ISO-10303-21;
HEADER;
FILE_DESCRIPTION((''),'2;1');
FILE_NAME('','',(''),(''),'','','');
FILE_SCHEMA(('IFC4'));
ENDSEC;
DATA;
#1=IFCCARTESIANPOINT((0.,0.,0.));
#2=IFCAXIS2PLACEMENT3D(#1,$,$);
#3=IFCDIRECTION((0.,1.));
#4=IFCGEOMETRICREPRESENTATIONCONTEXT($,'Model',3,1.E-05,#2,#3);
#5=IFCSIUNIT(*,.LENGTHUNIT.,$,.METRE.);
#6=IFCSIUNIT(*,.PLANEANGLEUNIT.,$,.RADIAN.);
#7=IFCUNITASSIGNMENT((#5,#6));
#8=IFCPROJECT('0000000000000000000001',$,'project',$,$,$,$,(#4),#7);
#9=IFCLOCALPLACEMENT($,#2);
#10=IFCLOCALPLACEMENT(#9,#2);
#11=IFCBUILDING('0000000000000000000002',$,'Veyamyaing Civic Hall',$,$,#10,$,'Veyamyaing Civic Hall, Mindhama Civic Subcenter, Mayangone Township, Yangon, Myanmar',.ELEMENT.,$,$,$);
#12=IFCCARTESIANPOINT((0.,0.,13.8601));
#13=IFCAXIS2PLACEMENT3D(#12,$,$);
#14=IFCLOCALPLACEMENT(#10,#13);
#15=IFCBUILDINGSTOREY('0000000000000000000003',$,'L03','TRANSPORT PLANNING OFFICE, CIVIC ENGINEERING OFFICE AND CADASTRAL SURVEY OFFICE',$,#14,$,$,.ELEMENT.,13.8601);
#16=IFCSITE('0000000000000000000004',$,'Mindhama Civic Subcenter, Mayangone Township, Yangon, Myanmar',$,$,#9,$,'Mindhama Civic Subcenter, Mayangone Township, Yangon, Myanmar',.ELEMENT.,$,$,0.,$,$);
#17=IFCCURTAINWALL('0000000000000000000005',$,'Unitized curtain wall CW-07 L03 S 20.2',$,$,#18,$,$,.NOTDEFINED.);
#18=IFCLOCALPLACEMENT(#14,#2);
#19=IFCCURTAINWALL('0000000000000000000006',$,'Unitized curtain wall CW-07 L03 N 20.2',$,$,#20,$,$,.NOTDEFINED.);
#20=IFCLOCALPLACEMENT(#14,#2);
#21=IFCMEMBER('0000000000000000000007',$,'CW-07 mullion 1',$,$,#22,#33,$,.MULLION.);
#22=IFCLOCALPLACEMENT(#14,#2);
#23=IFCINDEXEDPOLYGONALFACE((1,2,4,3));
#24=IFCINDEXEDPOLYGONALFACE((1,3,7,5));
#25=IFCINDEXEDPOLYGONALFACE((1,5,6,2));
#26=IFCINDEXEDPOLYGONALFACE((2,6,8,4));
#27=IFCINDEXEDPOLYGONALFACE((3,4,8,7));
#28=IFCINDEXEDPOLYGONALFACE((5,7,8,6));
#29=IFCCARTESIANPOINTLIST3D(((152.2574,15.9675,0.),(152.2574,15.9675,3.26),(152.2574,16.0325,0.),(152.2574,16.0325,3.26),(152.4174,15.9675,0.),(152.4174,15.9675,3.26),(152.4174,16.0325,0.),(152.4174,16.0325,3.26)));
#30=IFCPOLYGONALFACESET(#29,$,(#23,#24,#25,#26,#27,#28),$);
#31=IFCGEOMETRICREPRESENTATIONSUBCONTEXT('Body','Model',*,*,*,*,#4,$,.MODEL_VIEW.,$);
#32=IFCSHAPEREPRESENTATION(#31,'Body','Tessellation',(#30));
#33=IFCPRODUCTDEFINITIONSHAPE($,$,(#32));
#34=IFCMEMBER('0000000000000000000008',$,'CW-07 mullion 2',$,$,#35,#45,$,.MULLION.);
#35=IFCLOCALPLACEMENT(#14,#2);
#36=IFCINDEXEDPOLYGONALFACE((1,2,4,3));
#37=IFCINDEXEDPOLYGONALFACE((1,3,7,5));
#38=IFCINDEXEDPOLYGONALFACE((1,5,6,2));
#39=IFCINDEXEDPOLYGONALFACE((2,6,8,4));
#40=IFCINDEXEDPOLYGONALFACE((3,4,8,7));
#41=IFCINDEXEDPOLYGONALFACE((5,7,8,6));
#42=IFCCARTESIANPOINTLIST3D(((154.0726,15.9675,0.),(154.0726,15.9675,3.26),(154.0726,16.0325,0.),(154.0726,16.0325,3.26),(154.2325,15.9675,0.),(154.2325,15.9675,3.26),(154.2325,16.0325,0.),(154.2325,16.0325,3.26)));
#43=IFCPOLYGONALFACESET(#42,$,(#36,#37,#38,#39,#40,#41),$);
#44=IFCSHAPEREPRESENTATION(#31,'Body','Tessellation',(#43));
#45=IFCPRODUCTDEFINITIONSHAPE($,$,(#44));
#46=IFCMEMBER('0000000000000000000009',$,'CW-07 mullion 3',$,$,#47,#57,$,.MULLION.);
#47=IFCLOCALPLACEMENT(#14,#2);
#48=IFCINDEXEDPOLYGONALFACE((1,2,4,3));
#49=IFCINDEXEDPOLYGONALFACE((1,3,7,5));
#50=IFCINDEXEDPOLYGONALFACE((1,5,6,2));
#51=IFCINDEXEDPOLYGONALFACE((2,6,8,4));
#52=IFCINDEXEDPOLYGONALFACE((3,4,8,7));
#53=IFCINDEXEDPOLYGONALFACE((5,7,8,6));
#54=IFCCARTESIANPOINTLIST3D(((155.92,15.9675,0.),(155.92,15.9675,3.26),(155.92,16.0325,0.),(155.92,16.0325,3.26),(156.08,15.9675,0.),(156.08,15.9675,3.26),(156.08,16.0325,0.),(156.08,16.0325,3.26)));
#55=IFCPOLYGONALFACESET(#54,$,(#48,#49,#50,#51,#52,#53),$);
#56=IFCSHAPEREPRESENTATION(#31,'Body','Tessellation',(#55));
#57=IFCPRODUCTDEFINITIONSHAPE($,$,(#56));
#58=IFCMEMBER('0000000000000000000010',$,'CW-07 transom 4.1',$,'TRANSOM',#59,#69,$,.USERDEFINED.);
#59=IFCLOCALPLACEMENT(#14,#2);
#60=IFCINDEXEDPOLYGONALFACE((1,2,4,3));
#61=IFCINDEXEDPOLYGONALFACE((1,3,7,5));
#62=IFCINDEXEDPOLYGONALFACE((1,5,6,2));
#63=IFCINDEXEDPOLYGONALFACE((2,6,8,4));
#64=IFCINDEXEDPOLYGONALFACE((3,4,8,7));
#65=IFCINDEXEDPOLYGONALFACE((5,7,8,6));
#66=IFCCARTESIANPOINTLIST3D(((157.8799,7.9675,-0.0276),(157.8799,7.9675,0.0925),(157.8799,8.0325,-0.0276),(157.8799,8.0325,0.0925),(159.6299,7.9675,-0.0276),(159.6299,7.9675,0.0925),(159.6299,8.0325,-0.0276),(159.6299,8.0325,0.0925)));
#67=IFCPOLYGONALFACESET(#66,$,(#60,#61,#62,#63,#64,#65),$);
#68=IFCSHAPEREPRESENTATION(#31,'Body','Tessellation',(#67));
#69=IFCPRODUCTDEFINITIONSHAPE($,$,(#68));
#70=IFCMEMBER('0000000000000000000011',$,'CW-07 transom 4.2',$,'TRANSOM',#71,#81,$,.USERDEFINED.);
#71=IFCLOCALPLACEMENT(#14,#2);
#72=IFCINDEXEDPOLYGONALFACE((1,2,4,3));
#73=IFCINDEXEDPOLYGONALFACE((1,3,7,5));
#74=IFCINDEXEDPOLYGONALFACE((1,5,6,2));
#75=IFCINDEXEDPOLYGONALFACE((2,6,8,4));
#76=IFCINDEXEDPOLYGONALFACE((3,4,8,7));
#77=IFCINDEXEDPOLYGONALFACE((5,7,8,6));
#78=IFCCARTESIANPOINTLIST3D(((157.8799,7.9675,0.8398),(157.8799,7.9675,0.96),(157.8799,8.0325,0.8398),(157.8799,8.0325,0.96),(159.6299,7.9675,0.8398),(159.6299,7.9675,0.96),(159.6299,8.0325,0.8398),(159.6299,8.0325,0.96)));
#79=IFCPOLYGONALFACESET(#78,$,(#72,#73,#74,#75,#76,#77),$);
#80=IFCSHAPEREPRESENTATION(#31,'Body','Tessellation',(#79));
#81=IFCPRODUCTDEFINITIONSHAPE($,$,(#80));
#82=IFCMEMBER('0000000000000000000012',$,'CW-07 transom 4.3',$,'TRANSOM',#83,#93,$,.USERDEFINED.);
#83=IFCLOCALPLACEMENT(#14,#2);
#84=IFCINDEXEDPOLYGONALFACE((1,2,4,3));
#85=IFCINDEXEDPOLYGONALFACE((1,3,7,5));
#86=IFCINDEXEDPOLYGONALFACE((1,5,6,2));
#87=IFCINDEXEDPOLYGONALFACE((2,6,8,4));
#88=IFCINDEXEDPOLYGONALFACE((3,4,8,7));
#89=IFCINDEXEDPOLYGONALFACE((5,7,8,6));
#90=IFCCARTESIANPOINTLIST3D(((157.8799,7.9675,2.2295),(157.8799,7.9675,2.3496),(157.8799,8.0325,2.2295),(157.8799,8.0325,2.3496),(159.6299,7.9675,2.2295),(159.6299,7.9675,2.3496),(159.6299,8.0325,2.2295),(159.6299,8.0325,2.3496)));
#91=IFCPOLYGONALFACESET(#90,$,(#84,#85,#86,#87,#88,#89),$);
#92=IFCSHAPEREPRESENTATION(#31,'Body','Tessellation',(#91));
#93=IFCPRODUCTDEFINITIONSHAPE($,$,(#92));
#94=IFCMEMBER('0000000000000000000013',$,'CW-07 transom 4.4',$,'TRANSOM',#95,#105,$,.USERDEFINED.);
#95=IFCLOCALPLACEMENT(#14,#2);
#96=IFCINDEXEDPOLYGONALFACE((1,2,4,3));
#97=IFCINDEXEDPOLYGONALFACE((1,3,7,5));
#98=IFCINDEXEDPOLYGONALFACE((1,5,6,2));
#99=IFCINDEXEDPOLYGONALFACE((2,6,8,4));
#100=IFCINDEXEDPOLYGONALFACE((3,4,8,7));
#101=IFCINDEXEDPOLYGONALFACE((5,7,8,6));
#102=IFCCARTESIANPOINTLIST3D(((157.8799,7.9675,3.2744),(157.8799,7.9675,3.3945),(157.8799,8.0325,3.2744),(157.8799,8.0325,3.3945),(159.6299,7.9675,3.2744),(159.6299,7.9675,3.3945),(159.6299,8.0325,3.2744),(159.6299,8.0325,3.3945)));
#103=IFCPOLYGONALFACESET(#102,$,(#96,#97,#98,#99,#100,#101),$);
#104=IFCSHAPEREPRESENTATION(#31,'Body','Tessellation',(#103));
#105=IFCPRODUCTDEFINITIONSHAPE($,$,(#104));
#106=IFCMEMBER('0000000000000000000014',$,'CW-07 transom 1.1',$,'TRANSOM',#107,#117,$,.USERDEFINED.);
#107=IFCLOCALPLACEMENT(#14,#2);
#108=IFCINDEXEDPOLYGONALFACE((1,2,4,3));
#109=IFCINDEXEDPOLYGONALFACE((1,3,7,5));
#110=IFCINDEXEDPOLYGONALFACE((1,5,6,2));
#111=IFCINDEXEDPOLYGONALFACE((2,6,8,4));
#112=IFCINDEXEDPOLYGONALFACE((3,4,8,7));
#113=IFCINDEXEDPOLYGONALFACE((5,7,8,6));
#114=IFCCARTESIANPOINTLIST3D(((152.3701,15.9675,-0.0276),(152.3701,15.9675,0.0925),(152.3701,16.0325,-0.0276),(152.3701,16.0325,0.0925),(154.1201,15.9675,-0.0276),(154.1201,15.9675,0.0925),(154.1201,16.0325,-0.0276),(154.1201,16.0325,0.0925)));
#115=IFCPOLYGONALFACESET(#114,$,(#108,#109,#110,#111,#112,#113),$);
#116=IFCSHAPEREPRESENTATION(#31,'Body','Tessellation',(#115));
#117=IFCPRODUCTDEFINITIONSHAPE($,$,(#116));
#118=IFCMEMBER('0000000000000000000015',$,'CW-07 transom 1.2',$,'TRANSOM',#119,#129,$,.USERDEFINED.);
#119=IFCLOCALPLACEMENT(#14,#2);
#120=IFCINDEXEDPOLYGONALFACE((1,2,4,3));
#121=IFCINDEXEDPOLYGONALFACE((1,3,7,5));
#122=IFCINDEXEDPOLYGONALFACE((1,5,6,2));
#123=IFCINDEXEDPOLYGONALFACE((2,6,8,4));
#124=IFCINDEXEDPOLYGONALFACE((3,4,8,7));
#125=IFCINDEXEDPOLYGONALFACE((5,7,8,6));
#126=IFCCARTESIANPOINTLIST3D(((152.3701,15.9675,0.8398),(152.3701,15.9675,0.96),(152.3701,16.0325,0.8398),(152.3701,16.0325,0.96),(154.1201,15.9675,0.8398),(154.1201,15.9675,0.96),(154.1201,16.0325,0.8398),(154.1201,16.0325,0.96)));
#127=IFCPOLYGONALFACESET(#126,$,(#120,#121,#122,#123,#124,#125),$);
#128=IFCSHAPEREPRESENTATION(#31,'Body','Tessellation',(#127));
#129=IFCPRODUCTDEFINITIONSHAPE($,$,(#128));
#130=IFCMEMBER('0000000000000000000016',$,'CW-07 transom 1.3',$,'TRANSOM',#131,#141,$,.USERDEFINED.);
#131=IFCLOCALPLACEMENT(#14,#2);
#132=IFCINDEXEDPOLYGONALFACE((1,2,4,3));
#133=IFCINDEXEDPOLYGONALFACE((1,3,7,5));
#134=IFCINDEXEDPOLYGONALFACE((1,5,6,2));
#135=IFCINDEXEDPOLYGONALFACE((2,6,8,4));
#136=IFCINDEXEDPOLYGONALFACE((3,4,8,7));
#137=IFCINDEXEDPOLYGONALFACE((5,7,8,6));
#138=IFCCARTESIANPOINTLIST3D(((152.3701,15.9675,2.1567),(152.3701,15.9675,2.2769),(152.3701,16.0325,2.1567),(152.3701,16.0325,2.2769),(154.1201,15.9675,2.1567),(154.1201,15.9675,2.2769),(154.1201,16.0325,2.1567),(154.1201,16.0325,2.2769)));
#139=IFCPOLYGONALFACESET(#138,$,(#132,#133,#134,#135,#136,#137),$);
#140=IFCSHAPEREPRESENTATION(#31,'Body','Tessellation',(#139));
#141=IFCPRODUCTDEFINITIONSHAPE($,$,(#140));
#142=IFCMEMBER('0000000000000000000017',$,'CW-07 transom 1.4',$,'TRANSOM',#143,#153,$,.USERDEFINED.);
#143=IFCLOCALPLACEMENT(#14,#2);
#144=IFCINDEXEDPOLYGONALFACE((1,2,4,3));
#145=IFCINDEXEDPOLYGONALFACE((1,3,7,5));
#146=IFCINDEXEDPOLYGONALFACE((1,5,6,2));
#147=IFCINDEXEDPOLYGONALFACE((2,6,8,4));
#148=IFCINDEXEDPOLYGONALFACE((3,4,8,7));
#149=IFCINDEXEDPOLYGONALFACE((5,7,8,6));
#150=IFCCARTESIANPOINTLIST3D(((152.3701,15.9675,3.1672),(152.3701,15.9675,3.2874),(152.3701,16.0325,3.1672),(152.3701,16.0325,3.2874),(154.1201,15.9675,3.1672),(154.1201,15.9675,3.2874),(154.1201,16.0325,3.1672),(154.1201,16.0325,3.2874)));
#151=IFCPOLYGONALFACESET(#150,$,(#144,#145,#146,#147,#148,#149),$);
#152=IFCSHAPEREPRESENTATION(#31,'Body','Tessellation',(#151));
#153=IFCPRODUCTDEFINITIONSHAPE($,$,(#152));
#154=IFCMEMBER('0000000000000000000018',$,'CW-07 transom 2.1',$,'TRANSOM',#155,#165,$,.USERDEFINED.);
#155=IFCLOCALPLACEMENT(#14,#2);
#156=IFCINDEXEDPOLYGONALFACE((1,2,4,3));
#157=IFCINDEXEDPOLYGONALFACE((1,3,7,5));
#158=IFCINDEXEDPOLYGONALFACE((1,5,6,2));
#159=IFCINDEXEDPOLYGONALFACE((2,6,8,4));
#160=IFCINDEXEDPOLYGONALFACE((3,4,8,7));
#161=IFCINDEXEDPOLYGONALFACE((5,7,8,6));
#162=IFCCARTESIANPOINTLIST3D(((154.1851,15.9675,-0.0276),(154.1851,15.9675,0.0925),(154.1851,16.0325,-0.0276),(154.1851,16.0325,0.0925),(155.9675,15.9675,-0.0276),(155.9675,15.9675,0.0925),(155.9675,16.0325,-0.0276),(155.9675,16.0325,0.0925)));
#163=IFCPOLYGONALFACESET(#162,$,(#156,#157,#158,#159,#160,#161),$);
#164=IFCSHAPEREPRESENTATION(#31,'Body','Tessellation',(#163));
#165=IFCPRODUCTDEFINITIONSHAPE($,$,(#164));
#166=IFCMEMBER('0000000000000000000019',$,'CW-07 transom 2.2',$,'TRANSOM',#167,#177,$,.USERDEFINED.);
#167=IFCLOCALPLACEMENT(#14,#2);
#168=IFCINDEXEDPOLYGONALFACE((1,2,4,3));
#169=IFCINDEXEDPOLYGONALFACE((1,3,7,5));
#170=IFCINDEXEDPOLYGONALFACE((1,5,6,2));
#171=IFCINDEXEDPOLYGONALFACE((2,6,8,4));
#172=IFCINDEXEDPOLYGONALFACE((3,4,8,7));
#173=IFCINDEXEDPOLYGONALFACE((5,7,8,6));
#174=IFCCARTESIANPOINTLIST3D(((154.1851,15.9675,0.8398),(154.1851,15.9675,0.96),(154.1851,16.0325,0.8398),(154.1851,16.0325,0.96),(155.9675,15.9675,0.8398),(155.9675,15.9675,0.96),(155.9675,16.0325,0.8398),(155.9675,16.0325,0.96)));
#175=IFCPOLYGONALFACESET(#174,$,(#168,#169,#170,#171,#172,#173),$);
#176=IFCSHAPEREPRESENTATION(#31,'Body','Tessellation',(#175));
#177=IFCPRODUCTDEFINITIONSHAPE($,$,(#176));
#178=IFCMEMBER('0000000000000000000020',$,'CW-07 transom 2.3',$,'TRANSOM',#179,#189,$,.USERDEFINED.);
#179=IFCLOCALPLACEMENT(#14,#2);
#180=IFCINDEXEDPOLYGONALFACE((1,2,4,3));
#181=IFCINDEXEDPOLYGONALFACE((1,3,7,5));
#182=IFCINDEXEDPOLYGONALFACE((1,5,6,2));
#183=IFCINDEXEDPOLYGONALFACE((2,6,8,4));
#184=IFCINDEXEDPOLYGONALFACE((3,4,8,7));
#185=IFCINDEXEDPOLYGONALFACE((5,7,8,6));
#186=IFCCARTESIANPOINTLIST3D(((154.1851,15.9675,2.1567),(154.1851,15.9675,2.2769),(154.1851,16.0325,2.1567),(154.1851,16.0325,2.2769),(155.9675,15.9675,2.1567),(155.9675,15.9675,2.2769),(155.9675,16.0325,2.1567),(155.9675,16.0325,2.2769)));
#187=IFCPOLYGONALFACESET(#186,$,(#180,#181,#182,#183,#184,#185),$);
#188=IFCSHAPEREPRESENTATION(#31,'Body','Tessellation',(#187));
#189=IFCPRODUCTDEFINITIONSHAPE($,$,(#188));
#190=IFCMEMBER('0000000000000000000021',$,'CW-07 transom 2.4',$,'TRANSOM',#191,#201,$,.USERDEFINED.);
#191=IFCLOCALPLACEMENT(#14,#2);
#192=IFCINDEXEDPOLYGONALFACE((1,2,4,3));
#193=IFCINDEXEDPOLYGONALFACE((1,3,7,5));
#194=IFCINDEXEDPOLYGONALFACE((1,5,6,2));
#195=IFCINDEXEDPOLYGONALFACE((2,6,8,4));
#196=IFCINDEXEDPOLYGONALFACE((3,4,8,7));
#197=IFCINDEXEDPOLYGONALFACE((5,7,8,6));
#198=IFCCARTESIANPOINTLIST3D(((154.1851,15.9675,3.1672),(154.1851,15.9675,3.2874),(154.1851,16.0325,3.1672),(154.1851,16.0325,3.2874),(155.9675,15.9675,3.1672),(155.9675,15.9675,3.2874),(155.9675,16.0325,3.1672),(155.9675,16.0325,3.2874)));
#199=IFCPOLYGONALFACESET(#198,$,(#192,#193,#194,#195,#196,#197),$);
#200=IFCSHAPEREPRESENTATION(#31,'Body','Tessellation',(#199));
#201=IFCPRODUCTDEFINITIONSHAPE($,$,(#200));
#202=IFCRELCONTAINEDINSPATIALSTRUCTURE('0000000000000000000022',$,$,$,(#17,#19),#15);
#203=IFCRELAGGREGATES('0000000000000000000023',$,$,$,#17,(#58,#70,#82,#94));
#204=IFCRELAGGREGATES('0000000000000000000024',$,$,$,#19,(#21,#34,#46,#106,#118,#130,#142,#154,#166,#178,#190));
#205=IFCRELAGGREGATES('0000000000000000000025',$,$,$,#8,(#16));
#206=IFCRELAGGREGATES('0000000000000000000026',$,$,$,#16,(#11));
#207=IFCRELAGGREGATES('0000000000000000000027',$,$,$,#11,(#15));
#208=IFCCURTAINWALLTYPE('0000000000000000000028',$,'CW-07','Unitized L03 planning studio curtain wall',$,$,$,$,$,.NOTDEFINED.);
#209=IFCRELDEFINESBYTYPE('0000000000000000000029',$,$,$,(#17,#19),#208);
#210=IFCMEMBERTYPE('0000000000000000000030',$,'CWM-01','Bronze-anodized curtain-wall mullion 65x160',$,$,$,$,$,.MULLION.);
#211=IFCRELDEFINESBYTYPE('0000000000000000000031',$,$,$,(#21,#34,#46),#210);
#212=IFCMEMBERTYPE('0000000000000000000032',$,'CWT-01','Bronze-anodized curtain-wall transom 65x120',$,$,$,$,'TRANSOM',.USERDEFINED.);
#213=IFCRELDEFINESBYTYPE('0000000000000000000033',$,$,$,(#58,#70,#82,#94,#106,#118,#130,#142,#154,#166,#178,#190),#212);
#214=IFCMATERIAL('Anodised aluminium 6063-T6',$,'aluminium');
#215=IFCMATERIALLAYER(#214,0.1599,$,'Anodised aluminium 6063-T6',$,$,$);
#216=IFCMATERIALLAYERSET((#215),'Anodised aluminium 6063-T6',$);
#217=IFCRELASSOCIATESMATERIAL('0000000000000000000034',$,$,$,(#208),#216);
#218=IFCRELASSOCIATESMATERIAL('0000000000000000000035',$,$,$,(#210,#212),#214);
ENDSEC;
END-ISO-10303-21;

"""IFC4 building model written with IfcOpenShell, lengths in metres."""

from ifc_helpers import new_model, si_unit, direction, frame, origin, origin_2d, place, context, subcontext, project, spatial, rectangle, extrude, material, layer, layer_set, material_profile, profile_set, type_object, element, aggregate, save


model = new_model("IFC4")

# Units and contexts
model_context = context("Model", 3, precision=1e-05, world=origin(), true_north=direction((0.0, 1.0)))
body_context = subcontext(model_context, "Body", "Model", "MODEL_VIEW")
ifc_project = project(units=[si_unit("LENGTHUNIT", "METRE"), si_unit("PLANEANGLEUNIT", "RADIAN")], contexts=[model_context])

# Site, building, storey
site_placement = place(None, origin())
site = spatial("IfcSite", under=ifc_project, at=site_placement, Name="Mindhama Civic Subcenter, Mayangone Township, Yangon, Myanmar", LongName="Mindhama Civic Subcenter, Mayangone Township, Yangon, Myanmar", CompositionType="ELEMENT", RefElevation=0.0)
building_placement = place(site_placement, origin())
building = spatial("IfcBuilding", under=site, at=building_placement, Name="Veyamyaing Civic Hall", LongName="Veyamyaing Civic Hall, Mindhama Civic Subcenter, Mayangone Township, Yangon, Myanmar", CompositionType="ELEMENT")
storey_placement = place(building_placement, frame((0.0, 0.0, 13.8601)))
storey = spatial("IfcBuildingStorey", under=building, at=storey_placement, Name="L03", Description="TRANSPORT PLANNING OFFICE, CIVIC ENGINEERING OFFICE AND CADASTRAL SURVEY OFFICE", CompositionType="ELEMENT", Elevation=13.8601)

# Curtain walls, members
ifc_material_1 = material(Name="Anodised aluminium 6063-T6", Category="aluminium")
ifc_layer_1 = layer(ifc_material_1, 0.1599, Name="Anodised aluminium 6063-T6")
ifc_layer_set_1 = layer_set([ifc_layer_1], Name="Anodised aluminium 6063-T6")
curtain_wall_type = type_object("IfcCurtainWallType", Name="CW-07", Description="Unitized L03 planning studio curtain wall", PredefinedType="NOTDEFINED", material=ifc_layer_set_1)
curtain_wall_1_placement = place(storey_placement, origin())
curtain_wall_1 = element("IfcCurtainWall", 1, at=curtain_wall_1_placement, inside=storey, type_object=curtain_wall_type, Name="Unitized curtain wall CW-07 L03 S 20.2", PredefinedType="NOTDEFINED")
ifc_material_profile_1 = material_profile(ifc_material_1, rectangle(XDim=0.0649, YDim=0.1599, at=origin_2d()), Name="ALU-MUL-65X160")
ifc_profile_set_1 = profile_set([ifc_material_profile_1], Name="Anodised aluminium 6063-T6")
member_type_1 = type_object("IfcMemberType", Name="CWM-01", Description="Bronze-anodized curtain-wall mullion 65x160", PredefinedType="MULLION", material=ifc_profile_set_1)
curtain_wall_2_placement = place(storey_placement, origin())
curtain_wall_2 = element("IfcCurtainWall", 2, at=curtain_wall_2_placement, inside=storey, type_object=curtain_wall_type, Name="Unitized curtain wall CW-07 L03 N 20.2", PredefinedType="NOTDEFINED")
member_1_placement = place(storey_placement, frame((152.3374, 16.0, 0.0), z_axis=(0.0, 0.0, 1.0), x_axis=(0.0, 1.0, 0.0)))
member_1 = element("IfcMember", 3, at=member_1_placement, type_object=member_type_1, Name="CW-07 mullion 1", PredefinedType="MULLION", context=body_context, shape_type="SweptSolid", body=[
    extrude(rectangle(XDim=0.0649, YDim=0.1599, at=origin_2d()), origin(), (0.0, 0.0, 1.0), 3.26),
])
member_2_placement = place(storey_placement, frame((154.1526, 16.0, 0.0), z_axis=(0.0, 0.0, 1.0), x_axis=(0.0, 1.0, 0.0)))
member_2 = element("IfcMember", 4, at=member_2_placement, type_object=member_type_1, Name="CW-07 mullion 2", PredefinedType="MULLION", context=body_context, shape_type="SweptSolid", body=[
    extrude(rectangle(XDim=0.0649, YDim=0.1599, at=origin_2d()), origin(), (0.0, 0.0, 1.0), 3.26),
])
member_3_placement = place(storey_placement, frame((156.0, 16.0, 0.0), z_axis=(0.0, 0.0, 1.0), x_axis=(0.0, 1.0, 0.0)))
member_3 = element("IfcMember", 5, at=member_3_placement, type_object=member_type_1, Name="CW-07 mullion 3", PredefinedType="MULLION", context=body_context, shape_type="SweptSolid", body=[
    extrude(rectangle(XDim=0.0649, YDim=0.1599, at=origin_2d()), origin(), (0.0, 0.0, 1.0), 3.26),
])

# Members
ifc_material_profile_2 = material_profile(ifc_material_1, rectangle(XDim=0.0649, YDim=0.1201, at=origin_2d()), Name="ALU-TRN-65X120")
ifc_profile_set_2 = profile_set([ifc_material_profile_2], Name="Anodised aluminium 6063-T6")
member_type_2 = type_object("IfcMemberType", Name="CWT-01", Description="Bronze-anodized curtain-wall transom 65x120", ElementType="TRANSOM", PredefinedType="USERDEFINED", material=ifc_profile_set_2)
member_4_placement = place(storey_placement, frame((157.8799, 8.0, 0.0325), z_axis=(1.0, 0.0, 0.0), x_axis=(0.0, 1.0, 0.0)))
member_4 = element("IfcMember", 6, at=member_4_placement, type_object=member_type_2, Name="CW-07 transom 4.1", ObjectType="TRANSOM", PredefinedType="USERDEFINED", context=body_context, shape_type="SweptSolid", body=[
    extrude(rectangle(XDim=0.0649, YDim=0.1201, at=origin_2d()), origin(), (0.0, 0.0, 1.0), 1.75),
])
member_5_placement = place(storey_placement, frame((157.8799, 8.0, 0.8999), z_axis=(1.0, 0.0, 0.0), x_axis=(0.0, 1.0, 0.0)))
member_5 = element("IfcMember", 7, at=member_5_placement, type_object=member_type_2, Name="CW-07 transom 4.2", ObjectType="TRANSOM", PredefinedType="USERDEFINED", context=body_context, shape_type="SweptSolid", body=[
    extrude(rectangle(XDim=0.0649, YDim=0.1201, at=origin_2d()), origin(), (0.0, 0.0, 1.0), 1.75),
])
member_6_placement = place(storey_placement, frame((157.8799, 8.0, 2.2896), z_axis=(1.0, 0.0, 0.0), x_axis=(0.0, 1.0, 0.0)))
member_6 = element("IfcMember", 8, at=member_6_placement, type_object=member_type_2, Name="CW-07 transom 4.3", ObjectType="TRANSOM", PredefinedType="USERDEFINED", context=body_context, shape_type="SweptSolid", body=[
    extrude(rectangle(XDim=0.0649, YDim=0.1201, at=origin_2d()), origin(), (0.0, 0.0, 1.0), 1.75),
])
member_7_placement = place(storey_placement, frame((157.8799, 8.0, 3.3345), z_axis=(1.0, 0.0, 0.0), x_axis=(0.0, 1.0, 0.0)))
member_7 = element("IfcMember", 9, at=member_7_placement, type_object=member_type_2, Name="CW-07 transom 4.4", ObjectType="TRANSOM", PredefinedType="USERDEFINED", context=body_context, shape_type="SweptSolid", body=[
    extrude(rectangle(XDim=0.0649, YDim=0.1201, at=origin_2d()), origin(), (0.0, 0.0, 1.0), 1.75),
])
member_8_placement = place(storey_placement, frame((152.3701, 16.0, 0.0325), z_axis=(1.0, 0.0, 0.0), x_axis=(0.0, 1.0, 0.0)))
member_8 = element("IfcMember", 10, at=member_8_placement, type_object=member_type_2, Name="CW-07 transom 1.1", ObjectType="TRANSOM", PredefinedType="USERDEFINED", context=body_context, shape_type="SweptSolid", body=[
    extrude(rectangle(XDim=0.0649, YDim=0.1201, at=origin_2d()), origin(), (0.0, 0.0, 1.0), 1.75),
])
member_9_placement = place(storey_placement, frame((152.3701, 16.0, 0.8999), z_axis=(1.0, 0.0, 0.0), x_axis=(0.0, 1.0, 0.0)))
member_9 = element("IfcMember", 11, at=member_9_placement, type_object=member_type_2, Name="CW-07 transom 1.2", ObjectType="TRANSOM", PredefinedType="USERDEFINED", context=body_context, shape_type="SweptSolid", body=[
    extrude(rectangle(XDim=0.0649, YDim=0.1201, at=origin_2d()), origin(), (0.0, 0.0, 1.0), 1.75),
])
member_10_placement = place(storey_placement, frame((152.3701, 16.0, 2.2168), z_axis=(1.0, 0.0, 0.0), x_axis=(0.0, 1.0, 0.0)))
member_10 = element("IfcMember", 12, at=member_10_placement, type_object=member_type_2, Name="CW-07 transom 1.3", ObjectType="TRANSOM", PredefinedType="USERDEFINED", context=body_context, shape_type="SweptSolid", body=[
    extrude(rectangle(XDim=0.0649, YDim=0.1201, at=origin_2d()), origin(), (0.0, 0.0, 1.0), 1.75),
])
member_11_placement = place(storey_placement, frame((152.3701, 16.0, 3.2273), z_axis=(1.0, 0.0, 0.0), x_axis=(0.0, 1.0, 0.0)))
member_11 = element("IfcMember", 13, at=member_11_placement, type_object=member_type_2, Name="CW-07 transom 1.4", ObjectType="TRANSOM", PredefinedType="USERDEFINED", context=body_context, shape_type="SweptSolid", body=[
    extrude(rectangle(XDim=0.0649, YDim=0.1201, at=origin_2d()), origin(), (0.0, 0.0, 1.0), 1.75),
])
member_12_placement = place(storey_placement, frame((154.1851, 16.0, 0.0325), z_axis=(1.0, 0.0, 0.0), x_axis=(0.0, 1.0, 0.0)))
member_12 = element("IfcMember", 14, at=member_12_placement, type_object=member_type_2, Name="CW-07 transom 2.1", ObjectType="TRANSOM", PredefinedType="USERDEFINED", context=body_context, shape_type="SweptSolid", body=[
    extrude(rectangle(XDim=0.0649, YDim=0.1201, at=origin_2d()), origin(), (0.0, 0.0, 1.0), 1.7825),
])
member_13_placement = place(storey_placement, frame((154.1851, 16.0, 0.8999), z_axis=(1.0, 0.0, 0.0), x_axis=(0.0, 1.0, 0.0)))
member_13 = element("IfcMember", 15, at=member_13_placement, type_object=member_type_2, Name="CW-07 transom 2.2", ObjectType="TRANSOM", PredefinedType="USERDEFINED", context=body_context, shape_type="SweptSolid", body=[
    extrude(rectangle(XDim=0.0649, YDim=0.1201, at=origin_2d()), origin(), (0.0, 0.0, 1.0), 1.7825),
])
member_14_placement = place(storey_placement, frame((154.1851, 16.0, 2.2168), z_axis=(1.0, 0.0, 0.0), x_axis=(0.0, 1.0, 0.0)))
member_14 = element("IfcMember", 16, at=member_14_placement, type_object=member_type_2, Name="CW-07 transom 2.3", ObjectType="TRANSOM", PredefinedType="USERDEFINED", context=body_context, shape_type="SweptSolid", body=[
    extrude(rectangle(XDim=0.0649, YDim=0.1201, at=origin_2d()), origin(), (0.0, 0.0, 1.0), 1.7825),
])
member_15_placement = place(storey_placement, frame((154.1851, 16.0, 3.2273), z_axis=(1.0, 0.0, 0.0), x_axis=(0.0, 1.0, 0.0)))
member_15 = element("IfcMember", 17, at=member_15_placement, type_object=member_type_2, Name="CW-07 transom 2.4", ObjectType="TRANSOM", PredefinedType="USERDEFINED", context=body_context, shape_type="SweptSolid", body=[
    extrude(rectangle(XDim=0.0649, YDim=0.1201, at=origin_2d()), origin(), (0.0, 0.0, 1.0), 1.7825),
])

aggregate(curtain_wall_1, [member_4, member_5, member_6, member_7])
aggregate(curtain_wall_2, [member_1, member_2, member_3, member_8, member_9, member_10, member_11, member_12, member_13, member_14, member_15])

save(model, "model.ifc")
